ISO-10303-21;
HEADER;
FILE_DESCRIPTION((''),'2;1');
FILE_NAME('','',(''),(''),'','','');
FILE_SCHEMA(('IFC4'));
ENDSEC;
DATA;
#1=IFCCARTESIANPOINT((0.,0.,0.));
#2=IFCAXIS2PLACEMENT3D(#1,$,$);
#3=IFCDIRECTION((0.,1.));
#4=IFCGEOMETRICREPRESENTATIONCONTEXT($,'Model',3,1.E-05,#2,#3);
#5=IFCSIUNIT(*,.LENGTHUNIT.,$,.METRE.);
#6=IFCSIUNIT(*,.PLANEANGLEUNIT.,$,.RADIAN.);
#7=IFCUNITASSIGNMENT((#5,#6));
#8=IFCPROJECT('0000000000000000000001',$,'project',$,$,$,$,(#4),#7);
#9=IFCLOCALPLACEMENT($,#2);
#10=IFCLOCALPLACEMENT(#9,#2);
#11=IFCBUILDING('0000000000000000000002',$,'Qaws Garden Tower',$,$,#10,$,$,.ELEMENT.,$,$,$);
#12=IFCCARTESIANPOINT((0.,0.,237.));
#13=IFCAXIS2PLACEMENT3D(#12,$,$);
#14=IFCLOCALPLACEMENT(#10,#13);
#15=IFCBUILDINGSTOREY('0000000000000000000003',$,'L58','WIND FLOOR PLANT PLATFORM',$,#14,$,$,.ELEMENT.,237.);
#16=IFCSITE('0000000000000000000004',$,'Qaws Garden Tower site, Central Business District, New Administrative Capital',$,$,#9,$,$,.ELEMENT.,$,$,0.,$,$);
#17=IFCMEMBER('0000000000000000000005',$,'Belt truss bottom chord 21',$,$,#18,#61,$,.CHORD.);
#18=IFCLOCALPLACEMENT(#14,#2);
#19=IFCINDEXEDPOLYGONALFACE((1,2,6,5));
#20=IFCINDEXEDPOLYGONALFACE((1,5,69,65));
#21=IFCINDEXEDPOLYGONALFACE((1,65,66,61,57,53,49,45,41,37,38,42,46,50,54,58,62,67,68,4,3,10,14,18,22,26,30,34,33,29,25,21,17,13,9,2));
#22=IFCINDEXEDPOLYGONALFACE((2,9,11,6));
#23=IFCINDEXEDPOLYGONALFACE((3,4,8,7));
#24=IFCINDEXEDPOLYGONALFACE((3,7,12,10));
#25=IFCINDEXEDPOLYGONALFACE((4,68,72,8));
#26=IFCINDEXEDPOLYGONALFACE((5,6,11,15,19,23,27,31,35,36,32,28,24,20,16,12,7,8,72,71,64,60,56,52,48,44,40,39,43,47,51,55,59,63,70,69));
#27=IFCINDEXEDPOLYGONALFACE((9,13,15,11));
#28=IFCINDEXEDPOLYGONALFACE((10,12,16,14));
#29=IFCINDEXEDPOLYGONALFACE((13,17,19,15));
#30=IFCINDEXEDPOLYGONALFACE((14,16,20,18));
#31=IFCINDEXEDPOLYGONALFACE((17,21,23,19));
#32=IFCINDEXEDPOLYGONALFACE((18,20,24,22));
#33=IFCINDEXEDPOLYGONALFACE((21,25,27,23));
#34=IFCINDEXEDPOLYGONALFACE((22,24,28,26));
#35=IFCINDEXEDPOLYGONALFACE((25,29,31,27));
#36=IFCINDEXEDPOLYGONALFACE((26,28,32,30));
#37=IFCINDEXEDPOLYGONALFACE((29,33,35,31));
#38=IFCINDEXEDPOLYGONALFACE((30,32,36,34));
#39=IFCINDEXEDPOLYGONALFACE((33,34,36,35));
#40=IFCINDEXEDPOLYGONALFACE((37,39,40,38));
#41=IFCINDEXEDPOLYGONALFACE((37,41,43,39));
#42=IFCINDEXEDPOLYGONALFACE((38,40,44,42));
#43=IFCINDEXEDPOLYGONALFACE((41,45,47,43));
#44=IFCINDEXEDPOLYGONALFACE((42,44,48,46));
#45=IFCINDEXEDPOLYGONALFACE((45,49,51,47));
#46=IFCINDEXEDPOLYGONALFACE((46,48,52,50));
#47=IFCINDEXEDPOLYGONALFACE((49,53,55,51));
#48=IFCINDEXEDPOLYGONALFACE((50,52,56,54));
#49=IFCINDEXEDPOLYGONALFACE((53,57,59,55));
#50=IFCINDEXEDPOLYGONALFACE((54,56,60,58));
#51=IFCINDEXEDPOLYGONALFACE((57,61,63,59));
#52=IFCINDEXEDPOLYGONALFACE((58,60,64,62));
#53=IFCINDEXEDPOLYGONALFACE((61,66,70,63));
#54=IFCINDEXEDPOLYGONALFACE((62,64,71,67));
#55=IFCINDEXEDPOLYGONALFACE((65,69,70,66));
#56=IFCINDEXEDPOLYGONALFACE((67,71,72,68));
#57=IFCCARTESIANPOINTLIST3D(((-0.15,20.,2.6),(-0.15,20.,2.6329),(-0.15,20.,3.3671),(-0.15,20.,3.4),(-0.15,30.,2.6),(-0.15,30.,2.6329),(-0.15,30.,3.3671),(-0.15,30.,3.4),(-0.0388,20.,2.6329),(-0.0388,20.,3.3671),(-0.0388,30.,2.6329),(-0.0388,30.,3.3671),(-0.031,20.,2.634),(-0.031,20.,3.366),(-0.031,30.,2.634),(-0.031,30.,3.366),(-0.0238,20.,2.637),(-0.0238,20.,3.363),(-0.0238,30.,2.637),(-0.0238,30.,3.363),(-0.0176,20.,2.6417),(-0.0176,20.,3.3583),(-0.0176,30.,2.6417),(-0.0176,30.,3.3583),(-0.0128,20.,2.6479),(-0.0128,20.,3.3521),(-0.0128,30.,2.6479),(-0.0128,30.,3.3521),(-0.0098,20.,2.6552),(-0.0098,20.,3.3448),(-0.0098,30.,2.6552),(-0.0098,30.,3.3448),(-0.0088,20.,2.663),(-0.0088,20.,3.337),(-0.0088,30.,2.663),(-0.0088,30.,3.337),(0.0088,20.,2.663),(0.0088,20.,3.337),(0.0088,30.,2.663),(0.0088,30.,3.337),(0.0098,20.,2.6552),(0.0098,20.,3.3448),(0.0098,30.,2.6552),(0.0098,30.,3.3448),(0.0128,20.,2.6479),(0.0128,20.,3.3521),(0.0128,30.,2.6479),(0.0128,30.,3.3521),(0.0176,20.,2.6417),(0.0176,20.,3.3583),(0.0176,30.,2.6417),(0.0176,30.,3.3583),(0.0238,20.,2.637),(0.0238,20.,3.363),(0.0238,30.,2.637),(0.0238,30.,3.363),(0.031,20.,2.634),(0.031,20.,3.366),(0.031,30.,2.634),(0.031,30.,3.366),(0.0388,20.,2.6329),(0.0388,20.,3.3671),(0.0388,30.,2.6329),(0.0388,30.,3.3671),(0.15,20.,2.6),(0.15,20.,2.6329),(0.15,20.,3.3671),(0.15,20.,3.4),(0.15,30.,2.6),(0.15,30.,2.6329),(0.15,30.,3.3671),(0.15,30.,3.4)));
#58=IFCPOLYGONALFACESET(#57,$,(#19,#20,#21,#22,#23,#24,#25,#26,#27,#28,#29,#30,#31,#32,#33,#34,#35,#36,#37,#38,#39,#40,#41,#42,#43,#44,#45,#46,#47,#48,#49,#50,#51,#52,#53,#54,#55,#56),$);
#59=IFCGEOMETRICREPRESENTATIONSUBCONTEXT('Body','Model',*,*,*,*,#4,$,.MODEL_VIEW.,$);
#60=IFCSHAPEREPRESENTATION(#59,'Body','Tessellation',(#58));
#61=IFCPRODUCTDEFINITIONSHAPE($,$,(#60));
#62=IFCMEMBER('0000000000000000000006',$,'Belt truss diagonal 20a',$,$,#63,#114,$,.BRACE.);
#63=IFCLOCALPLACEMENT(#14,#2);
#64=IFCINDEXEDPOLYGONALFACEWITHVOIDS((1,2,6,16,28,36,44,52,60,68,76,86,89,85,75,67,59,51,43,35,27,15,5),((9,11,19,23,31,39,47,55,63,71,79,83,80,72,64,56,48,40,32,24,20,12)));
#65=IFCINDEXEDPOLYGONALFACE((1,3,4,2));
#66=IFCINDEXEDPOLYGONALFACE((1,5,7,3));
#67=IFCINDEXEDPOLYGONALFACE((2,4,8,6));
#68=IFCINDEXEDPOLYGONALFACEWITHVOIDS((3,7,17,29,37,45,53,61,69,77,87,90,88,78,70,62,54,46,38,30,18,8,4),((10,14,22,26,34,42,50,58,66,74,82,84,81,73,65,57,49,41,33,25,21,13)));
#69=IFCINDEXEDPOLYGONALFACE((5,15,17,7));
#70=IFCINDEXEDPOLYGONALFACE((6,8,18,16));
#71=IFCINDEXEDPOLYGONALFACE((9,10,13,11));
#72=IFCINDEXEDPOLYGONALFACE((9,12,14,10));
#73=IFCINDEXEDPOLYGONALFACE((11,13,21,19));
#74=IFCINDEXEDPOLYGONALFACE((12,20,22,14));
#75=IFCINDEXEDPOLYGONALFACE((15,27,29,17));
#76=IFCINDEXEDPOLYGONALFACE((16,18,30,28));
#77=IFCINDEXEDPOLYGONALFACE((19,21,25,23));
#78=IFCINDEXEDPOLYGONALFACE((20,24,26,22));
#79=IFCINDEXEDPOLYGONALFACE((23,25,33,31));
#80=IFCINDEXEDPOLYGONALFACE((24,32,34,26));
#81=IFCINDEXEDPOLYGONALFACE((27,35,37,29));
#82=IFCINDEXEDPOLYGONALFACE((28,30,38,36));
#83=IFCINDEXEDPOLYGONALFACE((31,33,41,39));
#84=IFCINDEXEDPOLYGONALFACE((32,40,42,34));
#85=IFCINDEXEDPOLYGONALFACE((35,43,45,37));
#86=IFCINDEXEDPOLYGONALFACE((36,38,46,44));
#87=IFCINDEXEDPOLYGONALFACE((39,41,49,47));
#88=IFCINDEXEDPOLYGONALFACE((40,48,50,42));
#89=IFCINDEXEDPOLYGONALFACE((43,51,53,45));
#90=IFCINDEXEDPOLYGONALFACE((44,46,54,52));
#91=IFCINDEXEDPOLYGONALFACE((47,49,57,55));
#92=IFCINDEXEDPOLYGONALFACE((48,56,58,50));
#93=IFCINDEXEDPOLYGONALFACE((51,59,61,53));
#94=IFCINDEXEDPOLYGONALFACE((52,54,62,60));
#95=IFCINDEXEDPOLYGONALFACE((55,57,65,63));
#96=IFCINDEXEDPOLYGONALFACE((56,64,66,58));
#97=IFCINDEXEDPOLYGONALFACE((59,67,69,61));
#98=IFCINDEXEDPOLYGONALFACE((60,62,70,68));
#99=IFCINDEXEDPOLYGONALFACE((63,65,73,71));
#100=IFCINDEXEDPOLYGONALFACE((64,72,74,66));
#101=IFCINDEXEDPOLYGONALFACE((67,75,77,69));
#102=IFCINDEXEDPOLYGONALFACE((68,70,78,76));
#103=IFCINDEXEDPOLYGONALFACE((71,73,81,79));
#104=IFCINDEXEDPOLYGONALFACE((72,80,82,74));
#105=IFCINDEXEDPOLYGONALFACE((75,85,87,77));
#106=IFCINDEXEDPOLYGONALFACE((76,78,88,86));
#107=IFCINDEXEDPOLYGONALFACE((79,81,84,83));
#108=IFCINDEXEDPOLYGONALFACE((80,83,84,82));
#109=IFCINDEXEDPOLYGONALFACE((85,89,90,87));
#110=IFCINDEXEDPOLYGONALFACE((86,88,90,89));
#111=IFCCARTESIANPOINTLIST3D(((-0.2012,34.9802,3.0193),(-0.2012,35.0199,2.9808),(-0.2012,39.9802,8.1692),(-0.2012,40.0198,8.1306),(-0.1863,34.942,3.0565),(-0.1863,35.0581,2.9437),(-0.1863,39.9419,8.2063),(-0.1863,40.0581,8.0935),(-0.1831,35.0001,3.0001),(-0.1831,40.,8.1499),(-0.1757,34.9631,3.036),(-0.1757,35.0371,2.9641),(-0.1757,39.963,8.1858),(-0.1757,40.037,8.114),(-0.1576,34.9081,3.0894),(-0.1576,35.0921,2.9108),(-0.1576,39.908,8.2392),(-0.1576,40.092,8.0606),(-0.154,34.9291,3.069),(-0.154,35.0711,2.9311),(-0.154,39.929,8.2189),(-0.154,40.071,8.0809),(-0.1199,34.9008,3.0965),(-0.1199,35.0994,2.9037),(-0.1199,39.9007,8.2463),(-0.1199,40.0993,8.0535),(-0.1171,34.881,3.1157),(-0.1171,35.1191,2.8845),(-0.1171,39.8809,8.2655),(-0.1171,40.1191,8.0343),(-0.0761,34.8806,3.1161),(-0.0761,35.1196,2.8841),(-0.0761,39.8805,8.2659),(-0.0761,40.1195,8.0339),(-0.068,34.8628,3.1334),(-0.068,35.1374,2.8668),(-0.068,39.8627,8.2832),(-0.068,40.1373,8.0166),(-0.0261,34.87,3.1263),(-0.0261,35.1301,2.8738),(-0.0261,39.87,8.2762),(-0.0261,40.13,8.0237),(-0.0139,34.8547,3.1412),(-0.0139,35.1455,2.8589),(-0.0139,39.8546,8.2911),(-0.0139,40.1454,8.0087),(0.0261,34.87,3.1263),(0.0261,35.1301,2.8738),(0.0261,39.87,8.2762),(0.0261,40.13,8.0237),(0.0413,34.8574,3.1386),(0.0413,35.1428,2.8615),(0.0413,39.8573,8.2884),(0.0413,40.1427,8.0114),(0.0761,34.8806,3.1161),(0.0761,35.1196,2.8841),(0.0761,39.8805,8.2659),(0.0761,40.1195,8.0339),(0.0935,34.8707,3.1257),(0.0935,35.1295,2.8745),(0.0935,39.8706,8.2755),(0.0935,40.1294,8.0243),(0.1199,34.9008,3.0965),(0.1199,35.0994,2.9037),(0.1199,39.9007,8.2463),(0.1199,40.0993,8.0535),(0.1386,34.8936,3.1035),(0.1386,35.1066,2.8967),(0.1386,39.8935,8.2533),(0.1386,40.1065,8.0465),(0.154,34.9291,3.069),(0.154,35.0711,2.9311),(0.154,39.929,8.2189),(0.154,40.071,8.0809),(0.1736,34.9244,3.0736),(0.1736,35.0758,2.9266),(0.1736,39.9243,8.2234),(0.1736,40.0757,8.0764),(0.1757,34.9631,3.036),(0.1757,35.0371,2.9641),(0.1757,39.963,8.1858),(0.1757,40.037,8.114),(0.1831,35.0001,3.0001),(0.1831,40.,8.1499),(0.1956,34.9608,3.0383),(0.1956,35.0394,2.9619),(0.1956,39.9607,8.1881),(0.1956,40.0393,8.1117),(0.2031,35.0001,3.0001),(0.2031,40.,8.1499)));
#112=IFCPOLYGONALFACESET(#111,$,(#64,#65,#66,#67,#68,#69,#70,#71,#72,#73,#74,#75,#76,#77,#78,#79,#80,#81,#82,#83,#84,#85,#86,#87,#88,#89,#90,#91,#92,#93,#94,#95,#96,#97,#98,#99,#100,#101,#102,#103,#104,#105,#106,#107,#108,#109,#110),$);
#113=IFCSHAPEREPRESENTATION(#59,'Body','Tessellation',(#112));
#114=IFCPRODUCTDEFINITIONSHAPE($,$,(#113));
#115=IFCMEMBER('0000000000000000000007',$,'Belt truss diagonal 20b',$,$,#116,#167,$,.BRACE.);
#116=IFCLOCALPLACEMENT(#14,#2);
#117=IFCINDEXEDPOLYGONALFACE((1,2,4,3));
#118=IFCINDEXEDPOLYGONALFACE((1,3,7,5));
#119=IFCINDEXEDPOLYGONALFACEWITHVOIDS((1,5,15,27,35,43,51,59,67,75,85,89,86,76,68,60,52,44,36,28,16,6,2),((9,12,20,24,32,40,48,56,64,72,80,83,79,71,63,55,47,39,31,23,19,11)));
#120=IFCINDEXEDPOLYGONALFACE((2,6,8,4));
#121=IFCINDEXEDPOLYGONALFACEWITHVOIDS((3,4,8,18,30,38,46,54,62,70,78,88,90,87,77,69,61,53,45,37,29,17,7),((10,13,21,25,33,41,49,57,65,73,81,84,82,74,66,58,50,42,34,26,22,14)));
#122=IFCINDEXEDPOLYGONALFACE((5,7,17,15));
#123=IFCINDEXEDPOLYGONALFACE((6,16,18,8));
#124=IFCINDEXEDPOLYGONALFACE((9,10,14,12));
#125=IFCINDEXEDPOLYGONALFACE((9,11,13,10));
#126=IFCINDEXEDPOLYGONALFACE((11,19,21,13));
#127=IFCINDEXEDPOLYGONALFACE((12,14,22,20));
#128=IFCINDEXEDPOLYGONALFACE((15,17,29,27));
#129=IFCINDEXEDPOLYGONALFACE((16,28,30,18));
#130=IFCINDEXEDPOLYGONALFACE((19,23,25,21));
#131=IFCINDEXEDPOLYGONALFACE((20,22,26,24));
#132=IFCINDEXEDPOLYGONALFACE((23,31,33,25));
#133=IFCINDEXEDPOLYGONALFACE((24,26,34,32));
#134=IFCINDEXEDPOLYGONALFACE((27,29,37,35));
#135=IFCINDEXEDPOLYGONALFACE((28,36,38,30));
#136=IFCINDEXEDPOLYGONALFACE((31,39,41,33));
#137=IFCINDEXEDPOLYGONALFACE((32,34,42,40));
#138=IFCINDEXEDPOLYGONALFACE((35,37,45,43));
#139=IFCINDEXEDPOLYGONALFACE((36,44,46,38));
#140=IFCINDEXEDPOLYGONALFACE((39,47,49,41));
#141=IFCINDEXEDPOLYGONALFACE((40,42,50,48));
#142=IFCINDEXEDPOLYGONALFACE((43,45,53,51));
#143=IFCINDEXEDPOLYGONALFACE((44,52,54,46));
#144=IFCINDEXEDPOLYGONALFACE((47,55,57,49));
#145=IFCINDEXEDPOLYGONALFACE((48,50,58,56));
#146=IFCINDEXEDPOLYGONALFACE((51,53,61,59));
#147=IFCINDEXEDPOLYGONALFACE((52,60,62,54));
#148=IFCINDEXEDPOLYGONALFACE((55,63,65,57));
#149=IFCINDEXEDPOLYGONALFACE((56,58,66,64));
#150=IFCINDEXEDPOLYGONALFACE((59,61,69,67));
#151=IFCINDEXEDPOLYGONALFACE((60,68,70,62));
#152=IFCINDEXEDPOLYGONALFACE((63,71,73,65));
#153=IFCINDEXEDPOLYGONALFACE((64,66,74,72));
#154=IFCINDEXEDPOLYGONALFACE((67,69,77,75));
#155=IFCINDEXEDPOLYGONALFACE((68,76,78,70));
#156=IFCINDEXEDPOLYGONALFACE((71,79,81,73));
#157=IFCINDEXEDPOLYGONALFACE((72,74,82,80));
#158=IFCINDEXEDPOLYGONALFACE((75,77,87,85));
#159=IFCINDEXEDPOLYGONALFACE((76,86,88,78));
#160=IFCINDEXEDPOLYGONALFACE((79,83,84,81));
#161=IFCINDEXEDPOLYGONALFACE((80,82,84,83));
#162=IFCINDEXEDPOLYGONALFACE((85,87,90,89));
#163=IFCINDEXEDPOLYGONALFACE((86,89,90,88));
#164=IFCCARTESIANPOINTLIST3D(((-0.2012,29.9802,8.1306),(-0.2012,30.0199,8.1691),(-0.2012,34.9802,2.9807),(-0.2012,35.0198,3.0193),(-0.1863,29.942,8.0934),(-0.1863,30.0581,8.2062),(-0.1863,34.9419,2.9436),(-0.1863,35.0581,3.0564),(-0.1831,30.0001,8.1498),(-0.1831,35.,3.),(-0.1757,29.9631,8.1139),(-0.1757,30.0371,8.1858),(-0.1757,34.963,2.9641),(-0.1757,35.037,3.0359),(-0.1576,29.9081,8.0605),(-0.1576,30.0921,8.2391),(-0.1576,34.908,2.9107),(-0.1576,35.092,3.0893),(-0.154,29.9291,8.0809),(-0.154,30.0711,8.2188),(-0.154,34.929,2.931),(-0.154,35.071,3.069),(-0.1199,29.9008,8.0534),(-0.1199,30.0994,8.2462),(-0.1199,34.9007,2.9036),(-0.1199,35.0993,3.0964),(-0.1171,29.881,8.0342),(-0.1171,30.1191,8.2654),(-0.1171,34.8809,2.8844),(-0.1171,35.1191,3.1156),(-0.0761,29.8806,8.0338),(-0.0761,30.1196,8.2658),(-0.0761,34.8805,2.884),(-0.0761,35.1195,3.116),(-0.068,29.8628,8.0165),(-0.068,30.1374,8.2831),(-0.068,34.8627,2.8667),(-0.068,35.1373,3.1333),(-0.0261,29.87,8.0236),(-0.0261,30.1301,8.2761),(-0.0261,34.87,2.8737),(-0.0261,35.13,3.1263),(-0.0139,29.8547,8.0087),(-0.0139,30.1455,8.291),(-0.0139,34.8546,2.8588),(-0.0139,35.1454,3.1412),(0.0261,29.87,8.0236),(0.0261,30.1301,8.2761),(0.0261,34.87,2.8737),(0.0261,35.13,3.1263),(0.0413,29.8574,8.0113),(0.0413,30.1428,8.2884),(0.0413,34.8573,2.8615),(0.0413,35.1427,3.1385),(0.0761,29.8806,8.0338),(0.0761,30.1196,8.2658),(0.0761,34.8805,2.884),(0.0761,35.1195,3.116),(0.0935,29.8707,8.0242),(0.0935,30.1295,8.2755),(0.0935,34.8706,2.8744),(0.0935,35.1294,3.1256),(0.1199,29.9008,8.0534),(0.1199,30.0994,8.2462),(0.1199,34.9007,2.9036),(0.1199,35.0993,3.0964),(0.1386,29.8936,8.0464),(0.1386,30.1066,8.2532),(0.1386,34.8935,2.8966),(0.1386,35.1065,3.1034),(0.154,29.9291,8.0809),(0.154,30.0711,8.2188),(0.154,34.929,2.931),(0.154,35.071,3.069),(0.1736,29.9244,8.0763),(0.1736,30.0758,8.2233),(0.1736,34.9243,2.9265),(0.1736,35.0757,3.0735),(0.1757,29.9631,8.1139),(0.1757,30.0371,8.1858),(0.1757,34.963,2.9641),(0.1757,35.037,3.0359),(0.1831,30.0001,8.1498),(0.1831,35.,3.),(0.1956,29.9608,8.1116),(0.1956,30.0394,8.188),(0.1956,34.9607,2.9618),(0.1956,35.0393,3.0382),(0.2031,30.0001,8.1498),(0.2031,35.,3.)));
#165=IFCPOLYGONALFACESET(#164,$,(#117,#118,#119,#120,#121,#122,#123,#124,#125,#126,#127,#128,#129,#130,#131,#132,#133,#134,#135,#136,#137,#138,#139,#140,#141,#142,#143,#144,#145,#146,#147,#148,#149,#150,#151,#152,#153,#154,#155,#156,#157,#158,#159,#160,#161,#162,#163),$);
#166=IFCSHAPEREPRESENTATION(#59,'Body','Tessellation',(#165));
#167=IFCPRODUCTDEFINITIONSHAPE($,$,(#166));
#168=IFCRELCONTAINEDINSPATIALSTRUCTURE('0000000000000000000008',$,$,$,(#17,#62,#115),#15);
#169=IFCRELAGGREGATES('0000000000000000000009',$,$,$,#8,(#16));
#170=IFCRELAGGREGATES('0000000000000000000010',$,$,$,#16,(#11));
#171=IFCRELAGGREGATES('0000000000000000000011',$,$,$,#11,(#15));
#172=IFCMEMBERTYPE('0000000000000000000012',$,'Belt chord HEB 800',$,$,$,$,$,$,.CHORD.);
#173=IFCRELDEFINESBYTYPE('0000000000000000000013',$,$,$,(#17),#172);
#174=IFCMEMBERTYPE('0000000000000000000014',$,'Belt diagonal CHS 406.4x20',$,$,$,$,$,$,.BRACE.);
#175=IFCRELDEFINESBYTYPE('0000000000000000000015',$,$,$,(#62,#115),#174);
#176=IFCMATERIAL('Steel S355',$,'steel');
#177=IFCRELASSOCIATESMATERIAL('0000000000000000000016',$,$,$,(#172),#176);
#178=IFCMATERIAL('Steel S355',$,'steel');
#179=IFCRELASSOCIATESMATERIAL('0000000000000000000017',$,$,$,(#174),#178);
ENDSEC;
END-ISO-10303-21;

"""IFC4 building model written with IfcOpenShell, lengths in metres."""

from ifc_helpers import new_model, si_unit, direction, frame, origin, origin_2d, place, context, subcontext, project, spatial, hollow_circle, i_section, extrude, material, material_profile, profile_set, type_object, element, save


model = new_model("IFC4")

# Units and contexts
model_context = context("Model", 3, precision=1e-05, world=origin(), true_north=direction((0.0, 1.0)))
body_context = subcontext(model_context, "Body", "Model", "MODEL_VIEW")
ifc_project = project(units=[si_unit("LENGTHUNIT", "METRE"), si_unit("PLANEANGLEUNIT", "RADIAN")], contexts=[model_context])

# Site, building, storey
site_placement = place(None, origin())
site = spatial("IfcSite", under=ifc_project, at=site_placement, Name="Qaws Garden Tower site, Central Business District, New Administrative Capital", CompositionType="ELEMENT", RefElevation=0.0)
building_placement = place(site_placement, origin())
building = spatial("IfcBuilding", under=site, at=building_placement, Name="Qaws Garden Tower", CompositionType="ELEMENT")
storey_placement = place(building_placement, frame((0.0, 0.0, 237.0)))
storey = spatial("IfcBuildingStorey", under=building, at=storey_placement, Name="L58", Description="WIND FLOOR PLANT PLATFORM", CompositionType="ELEMENT", Elevation=237.0)

# Members
ifc_material_1 = material(Name="Steel S355", Category="steel")
ifc_material_profile_1 = material_profile(ifc_material_1, i_section(OverallWidth=0.3, OverallDepth=0.8, WebThickness=0.0176, FlangeThickness=0.033, FilletRadius=0.03, at=origin_2d()), Name="HEB 800")
ifc_profile_set_1 = profile_set([ifc_material_profile_1], Name="Steel S355")
member_type_1 = type_object("IfcMemberType", Name="Belt chord HEB 800", PredefinedType="CHORD", material=ifc_profile_set_1)
for number, where, z_axis, x_axis, name in (
    (1, (0.0, 30.0, 3.0), (0.0, -1.0, 0.0), (1.0, 0.0, 0.0), "Belt truss bottom chord 21"),
):
    element("IfcMember", number, at=place(storey_placement, frame(where, z_axis=z_axis, x_axis=x_axis)), inside=storey, type_object=member_type_1, Name=name, PredefinedType="CHORD", context=body_context, shape_type="SweptSolid", body=[
        extrude(i_section(OverallWidth=0.3, OverallDepth=0.8, WebThickness=0.0176, FlangeThickness=0.033, FilletRadius=0.03, at=origin_2d()), origin(), (0.0, 0.0, 1.0), 10.0),
    ])
ifc_material_2 = material(Name="Steel S355", Category="steel")
ifc_material_profile_2 = material_profile(ifc_material_2, hollow_circle(Radius=0.2031, WallThickness=0.02, at=origin_2d()), Name="CHS 406.4x20")
ifc_profile_set_2 = profile_set([ifc_material_profile_2], Name="Steel S355")
member_type_2 = type_object("IfcMemberType", Name="Belt diagonal CHS 406.4x20", PredefinedType="BRACE", material=ifc_profile_set_2)
for number, where, z_axis, x_axis, name in (
    (2, (0.0, 40.0, 8.1499), (0.0, -0.696588, -0.717472), (1.0, 0.0, 0.0), "Belt truss diagonal 20a"),
    (3, (0.0, 35.0, 3.0), (0.0, -0.696588, 0.717472), (1.0, 0.0, 0.0), "Belt truss diagonal 20b"),
):
    element("IfcMember", number, at=place(storey_placement, frame(where, z_axis=z_axis, x_axis=x_axis)), inside=storey, type_object=member_type_2, Name=name, PredefinedType="BRACE", context=body_context, shape_type="SweptSolid", body=[
        extrude(hollow_circle(Radius=0.2031, WallThickness=0.02, at=origin_2d()), origin(), (0.0, 0.0, 1.0), 7.1777),
    ])

save(model, "model.ifc")
